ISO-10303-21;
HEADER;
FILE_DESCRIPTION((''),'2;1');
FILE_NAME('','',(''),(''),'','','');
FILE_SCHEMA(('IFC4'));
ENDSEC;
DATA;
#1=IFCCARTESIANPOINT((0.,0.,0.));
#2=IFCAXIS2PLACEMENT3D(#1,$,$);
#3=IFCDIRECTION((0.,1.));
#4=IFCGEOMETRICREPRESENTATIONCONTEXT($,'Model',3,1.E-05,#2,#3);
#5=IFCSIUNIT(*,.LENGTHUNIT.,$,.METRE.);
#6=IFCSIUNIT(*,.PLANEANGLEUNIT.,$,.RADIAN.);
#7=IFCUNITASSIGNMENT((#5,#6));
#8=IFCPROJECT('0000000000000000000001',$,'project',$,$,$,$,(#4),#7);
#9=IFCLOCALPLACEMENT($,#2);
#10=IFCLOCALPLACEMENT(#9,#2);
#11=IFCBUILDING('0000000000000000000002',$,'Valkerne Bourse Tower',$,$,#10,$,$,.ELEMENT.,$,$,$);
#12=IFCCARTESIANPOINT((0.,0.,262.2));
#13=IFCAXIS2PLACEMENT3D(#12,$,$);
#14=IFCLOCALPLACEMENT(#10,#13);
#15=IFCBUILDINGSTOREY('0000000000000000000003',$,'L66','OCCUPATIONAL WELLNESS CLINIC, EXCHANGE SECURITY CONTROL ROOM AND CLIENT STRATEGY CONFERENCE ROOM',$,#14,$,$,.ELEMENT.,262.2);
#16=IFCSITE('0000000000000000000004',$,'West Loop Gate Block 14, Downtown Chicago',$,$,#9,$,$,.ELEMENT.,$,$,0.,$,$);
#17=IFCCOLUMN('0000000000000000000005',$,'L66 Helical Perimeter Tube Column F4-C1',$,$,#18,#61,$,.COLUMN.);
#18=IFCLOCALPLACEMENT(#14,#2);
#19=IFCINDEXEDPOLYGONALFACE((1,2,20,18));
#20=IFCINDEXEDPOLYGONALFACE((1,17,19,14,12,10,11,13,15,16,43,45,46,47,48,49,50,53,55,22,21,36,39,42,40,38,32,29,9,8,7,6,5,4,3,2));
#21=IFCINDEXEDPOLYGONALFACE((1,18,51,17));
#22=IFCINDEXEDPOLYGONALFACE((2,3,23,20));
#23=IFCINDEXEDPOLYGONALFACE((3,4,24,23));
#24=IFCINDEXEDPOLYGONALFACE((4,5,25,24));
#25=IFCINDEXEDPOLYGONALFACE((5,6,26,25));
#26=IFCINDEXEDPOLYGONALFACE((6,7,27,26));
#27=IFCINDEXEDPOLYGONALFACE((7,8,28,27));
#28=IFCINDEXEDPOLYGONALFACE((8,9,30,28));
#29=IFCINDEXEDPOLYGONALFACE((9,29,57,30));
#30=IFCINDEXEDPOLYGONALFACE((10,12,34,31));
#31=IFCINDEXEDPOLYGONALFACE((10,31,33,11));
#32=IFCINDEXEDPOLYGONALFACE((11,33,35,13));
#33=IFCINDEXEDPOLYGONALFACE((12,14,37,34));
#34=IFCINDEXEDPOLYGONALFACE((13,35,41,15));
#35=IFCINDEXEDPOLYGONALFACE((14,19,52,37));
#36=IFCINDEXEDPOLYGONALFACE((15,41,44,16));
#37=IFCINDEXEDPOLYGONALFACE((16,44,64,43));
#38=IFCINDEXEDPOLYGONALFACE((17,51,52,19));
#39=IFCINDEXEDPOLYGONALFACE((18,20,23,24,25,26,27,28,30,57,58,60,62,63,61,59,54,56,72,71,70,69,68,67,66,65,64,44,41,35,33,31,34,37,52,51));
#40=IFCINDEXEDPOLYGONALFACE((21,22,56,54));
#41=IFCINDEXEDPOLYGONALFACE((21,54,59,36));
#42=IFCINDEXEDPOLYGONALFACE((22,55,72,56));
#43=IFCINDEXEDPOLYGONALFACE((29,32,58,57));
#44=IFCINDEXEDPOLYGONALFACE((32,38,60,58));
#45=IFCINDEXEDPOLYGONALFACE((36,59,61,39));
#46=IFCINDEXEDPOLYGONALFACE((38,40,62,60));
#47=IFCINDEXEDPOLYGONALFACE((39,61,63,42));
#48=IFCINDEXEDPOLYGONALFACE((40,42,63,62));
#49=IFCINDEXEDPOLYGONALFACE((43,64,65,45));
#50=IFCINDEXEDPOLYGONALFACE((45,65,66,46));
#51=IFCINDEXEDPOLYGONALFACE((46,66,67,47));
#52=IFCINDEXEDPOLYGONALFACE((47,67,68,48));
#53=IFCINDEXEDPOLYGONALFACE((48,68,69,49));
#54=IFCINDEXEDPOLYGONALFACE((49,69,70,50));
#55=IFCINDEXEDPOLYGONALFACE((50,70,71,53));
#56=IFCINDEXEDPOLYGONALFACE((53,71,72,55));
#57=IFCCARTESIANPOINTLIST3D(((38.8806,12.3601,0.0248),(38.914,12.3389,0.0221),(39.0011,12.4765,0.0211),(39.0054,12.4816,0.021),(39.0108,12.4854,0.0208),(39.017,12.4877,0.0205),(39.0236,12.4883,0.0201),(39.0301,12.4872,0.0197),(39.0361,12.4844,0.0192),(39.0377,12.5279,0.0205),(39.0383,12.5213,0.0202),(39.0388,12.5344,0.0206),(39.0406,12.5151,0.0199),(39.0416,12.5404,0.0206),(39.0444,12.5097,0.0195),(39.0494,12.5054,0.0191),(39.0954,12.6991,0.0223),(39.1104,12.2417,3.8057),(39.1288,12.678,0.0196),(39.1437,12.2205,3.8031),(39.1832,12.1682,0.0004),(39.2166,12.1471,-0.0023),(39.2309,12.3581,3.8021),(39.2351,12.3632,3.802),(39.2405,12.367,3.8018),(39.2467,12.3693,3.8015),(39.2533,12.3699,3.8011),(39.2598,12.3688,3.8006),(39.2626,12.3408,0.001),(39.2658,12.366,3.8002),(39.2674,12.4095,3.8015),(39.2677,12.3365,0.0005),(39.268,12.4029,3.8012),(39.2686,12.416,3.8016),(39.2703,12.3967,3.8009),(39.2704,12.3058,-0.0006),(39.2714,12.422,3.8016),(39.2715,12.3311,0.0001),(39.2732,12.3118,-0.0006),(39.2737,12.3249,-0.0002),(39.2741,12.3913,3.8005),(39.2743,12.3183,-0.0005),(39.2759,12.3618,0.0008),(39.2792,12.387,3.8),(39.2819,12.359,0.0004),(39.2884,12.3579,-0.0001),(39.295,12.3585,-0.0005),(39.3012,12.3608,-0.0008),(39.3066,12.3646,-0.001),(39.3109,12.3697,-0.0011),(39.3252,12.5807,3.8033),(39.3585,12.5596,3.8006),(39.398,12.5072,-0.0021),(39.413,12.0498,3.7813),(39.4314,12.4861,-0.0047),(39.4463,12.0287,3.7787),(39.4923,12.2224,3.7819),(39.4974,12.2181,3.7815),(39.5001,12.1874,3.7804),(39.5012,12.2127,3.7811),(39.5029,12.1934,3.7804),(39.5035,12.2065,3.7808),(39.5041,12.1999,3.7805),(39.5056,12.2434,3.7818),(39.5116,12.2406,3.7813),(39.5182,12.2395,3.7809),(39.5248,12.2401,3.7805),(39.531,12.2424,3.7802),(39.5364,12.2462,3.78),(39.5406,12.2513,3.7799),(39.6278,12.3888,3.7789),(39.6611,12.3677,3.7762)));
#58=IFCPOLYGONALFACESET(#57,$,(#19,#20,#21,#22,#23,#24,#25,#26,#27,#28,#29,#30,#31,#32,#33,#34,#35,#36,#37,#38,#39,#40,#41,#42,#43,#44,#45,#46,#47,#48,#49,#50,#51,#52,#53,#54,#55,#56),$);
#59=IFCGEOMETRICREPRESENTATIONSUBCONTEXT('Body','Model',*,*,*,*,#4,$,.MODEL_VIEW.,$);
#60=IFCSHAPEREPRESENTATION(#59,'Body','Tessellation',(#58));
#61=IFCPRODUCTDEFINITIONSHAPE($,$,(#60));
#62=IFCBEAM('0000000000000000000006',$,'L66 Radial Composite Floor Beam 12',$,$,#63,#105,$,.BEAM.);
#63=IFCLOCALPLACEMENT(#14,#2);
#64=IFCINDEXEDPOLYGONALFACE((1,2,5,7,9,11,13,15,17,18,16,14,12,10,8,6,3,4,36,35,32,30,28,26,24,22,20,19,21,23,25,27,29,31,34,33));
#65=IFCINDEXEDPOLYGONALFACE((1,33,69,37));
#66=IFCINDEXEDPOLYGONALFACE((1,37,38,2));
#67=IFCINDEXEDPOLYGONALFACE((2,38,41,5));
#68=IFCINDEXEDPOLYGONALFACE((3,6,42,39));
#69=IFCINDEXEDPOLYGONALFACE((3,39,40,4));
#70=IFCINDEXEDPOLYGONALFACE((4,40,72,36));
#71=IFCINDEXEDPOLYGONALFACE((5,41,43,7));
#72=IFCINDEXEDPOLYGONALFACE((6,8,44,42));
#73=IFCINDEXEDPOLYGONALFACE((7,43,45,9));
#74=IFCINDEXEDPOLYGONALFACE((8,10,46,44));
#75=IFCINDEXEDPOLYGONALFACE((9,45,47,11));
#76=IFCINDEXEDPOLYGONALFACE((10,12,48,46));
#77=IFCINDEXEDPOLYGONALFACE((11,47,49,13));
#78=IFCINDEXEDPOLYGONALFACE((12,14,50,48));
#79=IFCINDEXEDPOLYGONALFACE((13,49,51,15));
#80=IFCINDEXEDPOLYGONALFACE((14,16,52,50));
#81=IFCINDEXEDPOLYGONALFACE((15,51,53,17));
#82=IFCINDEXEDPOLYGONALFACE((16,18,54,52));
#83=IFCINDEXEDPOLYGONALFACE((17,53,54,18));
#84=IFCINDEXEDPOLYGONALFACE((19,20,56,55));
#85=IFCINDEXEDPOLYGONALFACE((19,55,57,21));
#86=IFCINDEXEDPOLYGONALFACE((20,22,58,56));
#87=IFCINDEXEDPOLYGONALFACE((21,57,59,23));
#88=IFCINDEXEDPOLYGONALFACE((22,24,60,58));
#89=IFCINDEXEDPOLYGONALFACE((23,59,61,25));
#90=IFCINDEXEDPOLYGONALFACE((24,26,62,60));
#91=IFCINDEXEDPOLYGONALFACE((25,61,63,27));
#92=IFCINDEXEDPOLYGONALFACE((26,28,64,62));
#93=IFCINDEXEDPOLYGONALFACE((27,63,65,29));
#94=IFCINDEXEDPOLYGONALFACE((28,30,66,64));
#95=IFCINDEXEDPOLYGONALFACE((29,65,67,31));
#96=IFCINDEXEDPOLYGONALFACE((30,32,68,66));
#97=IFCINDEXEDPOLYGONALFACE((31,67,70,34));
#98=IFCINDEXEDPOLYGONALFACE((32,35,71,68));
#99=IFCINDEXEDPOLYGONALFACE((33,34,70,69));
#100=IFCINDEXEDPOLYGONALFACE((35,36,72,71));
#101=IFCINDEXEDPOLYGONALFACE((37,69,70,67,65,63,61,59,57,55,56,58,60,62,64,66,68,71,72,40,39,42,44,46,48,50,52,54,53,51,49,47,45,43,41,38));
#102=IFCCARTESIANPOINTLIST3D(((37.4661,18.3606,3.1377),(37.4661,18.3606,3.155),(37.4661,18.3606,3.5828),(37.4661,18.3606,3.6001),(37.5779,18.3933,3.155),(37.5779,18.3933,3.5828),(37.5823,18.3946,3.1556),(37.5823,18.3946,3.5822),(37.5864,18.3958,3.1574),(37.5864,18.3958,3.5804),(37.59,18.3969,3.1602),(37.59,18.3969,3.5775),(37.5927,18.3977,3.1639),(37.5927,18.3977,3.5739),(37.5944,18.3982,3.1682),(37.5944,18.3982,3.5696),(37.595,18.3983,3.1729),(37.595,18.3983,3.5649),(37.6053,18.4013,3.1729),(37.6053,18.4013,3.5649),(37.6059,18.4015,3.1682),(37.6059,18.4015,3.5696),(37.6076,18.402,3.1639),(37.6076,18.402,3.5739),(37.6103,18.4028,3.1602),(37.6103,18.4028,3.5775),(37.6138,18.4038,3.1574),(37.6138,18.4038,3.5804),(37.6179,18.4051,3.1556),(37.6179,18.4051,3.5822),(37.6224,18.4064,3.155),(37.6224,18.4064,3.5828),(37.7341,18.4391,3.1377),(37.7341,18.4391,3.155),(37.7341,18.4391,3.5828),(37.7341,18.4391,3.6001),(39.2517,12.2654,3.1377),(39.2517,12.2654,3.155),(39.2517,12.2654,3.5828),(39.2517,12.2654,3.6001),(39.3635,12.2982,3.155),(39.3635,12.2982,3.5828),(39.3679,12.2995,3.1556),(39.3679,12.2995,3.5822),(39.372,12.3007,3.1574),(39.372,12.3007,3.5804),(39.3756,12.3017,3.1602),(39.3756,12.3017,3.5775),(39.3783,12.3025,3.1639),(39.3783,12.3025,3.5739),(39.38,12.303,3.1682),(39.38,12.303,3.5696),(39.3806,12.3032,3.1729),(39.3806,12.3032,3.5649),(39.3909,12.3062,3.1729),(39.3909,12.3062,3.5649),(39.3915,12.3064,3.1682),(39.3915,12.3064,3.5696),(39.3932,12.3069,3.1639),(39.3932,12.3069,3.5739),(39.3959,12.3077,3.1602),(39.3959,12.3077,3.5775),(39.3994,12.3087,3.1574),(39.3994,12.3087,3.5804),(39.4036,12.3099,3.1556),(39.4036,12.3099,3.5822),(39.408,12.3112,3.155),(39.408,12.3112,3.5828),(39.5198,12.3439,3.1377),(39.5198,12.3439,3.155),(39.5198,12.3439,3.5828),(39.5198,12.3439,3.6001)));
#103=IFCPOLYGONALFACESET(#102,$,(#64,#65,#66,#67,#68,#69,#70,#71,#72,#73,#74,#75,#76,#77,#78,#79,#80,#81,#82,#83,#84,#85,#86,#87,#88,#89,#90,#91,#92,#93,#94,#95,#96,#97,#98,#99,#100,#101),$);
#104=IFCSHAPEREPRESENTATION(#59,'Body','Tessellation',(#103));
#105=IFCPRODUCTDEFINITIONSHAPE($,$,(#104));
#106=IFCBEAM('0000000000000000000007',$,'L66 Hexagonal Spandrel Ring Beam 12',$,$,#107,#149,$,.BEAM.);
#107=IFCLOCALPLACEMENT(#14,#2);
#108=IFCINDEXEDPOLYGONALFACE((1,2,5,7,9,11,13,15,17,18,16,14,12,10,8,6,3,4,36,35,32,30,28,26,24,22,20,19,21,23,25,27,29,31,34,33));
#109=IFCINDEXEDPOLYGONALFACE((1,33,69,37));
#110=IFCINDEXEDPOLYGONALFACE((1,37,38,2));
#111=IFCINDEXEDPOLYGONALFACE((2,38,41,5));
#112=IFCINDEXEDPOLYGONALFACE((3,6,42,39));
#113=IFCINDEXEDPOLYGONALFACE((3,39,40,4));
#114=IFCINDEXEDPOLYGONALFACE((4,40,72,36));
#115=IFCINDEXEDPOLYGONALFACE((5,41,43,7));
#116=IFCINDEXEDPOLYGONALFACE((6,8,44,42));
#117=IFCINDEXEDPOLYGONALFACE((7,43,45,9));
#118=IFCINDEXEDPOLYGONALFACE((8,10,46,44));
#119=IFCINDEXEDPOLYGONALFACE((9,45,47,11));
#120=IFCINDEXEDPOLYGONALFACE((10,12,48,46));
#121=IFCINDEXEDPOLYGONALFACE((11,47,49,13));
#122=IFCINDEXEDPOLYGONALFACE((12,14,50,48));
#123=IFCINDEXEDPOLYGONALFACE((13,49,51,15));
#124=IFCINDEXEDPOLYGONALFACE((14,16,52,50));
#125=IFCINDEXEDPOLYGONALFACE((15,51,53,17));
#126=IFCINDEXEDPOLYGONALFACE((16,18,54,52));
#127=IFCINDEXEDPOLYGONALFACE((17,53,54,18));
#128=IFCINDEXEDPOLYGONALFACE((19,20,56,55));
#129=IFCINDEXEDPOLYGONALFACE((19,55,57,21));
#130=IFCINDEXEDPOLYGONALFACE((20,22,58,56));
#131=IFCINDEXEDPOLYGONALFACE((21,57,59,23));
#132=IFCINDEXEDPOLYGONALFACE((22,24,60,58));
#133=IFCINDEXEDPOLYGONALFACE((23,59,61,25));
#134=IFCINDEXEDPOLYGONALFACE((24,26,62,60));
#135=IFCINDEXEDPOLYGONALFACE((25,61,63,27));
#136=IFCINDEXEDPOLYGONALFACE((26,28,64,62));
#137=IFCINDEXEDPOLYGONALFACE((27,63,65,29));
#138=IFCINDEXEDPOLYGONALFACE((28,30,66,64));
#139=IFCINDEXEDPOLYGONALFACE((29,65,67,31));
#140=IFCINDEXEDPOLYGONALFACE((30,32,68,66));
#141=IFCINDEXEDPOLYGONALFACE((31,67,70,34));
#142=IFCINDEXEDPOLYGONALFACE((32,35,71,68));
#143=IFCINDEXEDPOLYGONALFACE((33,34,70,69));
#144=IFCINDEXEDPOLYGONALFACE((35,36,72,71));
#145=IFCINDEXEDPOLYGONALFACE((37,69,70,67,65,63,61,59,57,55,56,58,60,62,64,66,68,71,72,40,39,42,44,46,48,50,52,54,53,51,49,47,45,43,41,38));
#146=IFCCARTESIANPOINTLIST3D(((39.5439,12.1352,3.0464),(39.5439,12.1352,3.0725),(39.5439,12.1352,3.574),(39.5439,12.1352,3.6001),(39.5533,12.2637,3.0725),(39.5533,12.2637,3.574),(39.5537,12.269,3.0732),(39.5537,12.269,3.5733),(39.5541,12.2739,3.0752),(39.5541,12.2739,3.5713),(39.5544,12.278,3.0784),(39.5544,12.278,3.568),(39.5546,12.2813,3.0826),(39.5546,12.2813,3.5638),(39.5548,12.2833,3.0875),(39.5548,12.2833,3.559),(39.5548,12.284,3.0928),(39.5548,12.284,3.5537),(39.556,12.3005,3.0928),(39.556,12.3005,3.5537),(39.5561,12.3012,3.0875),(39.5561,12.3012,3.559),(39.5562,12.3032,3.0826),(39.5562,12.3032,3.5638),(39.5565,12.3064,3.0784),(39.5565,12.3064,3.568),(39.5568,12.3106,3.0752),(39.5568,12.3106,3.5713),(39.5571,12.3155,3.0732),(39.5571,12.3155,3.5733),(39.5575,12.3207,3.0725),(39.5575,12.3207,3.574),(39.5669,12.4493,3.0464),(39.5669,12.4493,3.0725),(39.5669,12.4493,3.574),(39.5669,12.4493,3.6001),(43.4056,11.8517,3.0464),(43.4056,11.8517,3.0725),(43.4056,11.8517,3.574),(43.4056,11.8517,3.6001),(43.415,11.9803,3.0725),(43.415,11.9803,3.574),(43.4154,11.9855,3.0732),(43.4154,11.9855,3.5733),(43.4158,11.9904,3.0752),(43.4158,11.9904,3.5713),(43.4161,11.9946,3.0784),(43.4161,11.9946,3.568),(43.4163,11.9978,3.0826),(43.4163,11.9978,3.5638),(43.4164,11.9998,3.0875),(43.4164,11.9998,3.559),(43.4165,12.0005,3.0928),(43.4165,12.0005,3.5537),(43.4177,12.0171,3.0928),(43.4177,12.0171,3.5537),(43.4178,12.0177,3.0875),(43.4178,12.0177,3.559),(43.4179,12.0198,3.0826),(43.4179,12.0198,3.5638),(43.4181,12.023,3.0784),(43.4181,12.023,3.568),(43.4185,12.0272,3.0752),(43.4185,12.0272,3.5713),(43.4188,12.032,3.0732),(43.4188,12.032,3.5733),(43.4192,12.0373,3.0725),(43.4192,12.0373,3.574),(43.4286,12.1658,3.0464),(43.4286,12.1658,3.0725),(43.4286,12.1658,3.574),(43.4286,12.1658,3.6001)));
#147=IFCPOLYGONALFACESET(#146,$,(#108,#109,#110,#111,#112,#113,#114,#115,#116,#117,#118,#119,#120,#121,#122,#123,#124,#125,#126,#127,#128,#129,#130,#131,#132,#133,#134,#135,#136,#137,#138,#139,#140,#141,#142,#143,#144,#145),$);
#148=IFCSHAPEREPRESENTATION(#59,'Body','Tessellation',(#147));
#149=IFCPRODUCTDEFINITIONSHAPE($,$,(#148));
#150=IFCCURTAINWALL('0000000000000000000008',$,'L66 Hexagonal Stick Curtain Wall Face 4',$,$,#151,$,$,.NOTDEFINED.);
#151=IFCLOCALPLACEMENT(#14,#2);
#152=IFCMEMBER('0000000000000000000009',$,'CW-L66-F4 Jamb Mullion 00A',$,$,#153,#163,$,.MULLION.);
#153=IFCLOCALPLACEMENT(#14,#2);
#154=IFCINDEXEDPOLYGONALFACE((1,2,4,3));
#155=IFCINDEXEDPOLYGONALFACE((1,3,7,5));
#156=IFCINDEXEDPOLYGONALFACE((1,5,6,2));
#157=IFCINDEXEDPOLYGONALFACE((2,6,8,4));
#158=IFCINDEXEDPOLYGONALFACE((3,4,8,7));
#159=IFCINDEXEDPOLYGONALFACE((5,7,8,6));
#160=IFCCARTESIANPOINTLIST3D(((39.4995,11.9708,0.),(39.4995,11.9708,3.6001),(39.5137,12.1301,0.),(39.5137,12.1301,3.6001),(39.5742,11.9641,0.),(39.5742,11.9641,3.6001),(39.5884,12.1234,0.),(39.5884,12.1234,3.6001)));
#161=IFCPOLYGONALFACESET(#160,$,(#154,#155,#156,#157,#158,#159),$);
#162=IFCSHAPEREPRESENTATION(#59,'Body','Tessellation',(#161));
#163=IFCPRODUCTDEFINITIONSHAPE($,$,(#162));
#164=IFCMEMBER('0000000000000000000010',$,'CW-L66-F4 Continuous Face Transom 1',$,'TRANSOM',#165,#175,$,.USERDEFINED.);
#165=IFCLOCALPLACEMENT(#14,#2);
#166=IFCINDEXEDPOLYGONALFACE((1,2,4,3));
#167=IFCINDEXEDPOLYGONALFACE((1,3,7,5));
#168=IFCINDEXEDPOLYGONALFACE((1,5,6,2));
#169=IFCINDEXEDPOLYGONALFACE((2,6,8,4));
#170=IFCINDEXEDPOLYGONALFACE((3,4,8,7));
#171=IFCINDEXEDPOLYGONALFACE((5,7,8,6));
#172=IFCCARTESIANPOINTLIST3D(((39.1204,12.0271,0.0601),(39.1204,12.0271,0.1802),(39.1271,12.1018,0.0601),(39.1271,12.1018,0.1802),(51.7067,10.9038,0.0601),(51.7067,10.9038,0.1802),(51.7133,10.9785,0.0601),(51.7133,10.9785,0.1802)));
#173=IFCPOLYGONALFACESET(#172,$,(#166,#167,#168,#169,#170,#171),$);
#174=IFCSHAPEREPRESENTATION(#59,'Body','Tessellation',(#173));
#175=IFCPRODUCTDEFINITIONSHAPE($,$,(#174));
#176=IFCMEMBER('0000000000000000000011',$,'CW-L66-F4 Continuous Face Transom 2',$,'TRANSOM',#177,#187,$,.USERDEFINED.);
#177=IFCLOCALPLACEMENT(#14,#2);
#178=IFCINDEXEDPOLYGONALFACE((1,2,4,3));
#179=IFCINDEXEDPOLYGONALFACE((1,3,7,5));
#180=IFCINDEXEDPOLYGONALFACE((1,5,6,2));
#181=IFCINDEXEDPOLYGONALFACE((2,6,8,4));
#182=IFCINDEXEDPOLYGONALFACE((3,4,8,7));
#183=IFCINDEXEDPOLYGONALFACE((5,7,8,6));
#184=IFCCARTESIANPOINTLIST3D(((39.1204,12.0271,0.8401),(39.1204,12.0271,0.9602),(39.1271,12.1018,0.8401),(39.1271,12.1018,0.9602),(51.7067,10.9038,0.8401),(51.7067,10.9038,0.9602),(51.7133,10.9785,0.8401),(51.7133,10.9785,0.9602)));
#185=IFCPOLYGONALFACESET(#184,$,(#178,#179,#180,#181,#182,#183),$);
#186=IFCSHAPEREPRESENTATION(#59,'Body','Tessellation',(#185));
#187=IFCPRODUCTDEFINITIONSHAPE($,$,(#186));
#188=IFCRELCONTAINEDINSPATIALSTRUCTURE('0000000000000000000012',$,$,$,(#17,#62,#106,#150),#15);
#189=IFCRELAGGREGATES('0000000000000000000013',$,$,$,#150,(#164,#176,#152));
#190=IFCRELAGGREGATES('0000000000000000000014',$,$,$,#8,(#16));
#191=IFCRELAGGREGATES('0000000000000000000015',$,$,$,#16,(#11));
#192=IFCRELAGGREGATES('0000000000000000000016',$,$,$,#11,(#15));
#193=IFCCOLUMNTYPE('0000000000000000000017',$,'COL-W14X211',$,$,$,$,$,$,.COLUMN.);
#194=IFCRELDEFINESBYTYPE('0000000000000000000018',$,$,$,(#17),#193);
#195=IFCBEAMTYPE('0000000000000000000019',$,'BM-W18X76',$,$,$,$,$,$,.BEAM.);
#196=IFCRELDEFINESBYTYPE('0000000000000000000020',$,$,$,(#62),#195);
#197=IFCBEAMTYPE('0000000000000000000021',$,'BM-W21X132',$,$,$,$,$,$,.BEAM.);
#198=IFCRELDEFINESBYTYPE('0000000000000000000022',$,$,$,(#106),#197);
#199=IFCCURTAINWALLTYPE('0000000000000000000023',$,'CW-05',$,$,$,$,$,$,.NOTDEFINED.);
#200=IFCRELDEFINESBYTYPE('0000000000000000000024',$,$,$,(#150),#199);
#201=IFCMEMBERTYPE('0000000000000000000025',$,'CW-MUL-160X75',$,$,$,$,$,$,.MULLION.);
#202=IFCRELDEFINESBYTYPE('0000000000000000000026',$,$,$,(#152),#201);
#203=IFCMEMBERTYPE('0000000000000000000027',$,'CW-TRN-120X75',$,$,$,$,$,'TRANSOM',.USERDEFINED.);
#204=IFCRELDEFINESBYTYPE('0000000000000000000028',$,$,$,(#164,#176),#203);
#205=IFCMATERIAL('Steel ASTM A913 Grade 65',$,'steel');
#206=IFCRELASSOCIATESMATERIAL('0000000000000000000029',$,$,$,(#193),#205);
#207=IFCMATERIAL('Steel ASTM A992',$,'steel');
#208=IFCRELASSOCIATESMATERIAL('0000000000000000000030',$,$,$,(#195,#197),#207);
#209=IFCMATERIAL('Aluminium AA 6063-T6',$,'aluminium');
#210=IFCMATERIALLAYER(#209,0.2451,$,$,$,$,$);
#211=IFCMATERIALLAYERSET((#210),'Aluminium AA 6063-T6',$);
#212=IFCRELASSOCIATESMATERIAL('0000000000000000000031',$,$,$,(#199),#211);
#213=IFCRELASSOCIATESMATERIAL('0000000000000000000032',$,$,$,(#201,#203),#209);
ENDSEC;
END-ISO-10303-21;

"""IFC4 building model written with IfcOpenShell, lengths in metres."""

from ifc_helpers import new_model, si_unit, direction, frame, origin, origin_2d, place, context, subcontext, project, spatial, rectangle, i_section, extrude, material, layer, layer_set, material_profile, profile_set, type_object, element, aggregate, save


model = new_model("IFC4")

# Units and contexts
model_context = context("Model", 3, precision=1e-05, world=origin(), true_north=direction((0.0, 1.0)))
body_context = subcontext(model_context, "Body", "Model", "MODEL_VIEW")
ifc_project = project(units=[si_unit("LENGTHUNIT", "METRE"), si_unit("PLANEANGLEUNIT", "RADIAN")], contexts=[model_context])

# Site, building, storey
site_placement = place(None, origin())
site = spatial("IfcSite", under=ifc_project, at=site_placement, Name="West Loop Gate Block 14, Downtown Chicago", CompositionType="ELEMENT", RefElevation=0.0)
building_placement = place(site_placement, origin())
building = spatial("IfcBuilding", under=site, at=building_placement, Name="Valkerne Bourse Tower", CompositionType="ELEMENT")
storey_placement = place(building_placement, frame((0.0, 0.0, 262.2)))
storey = spatial("IfcBuildingStorey", under=building, at=storey_placement, Name="L66", Description="OCCUPATIONAL WELLNESS CLINIC, EXCHANGE SECURITY CONTROL ROOM AND CLIENT STRATEGY CONFERENCE ROOM", CompositionType="ELEMENT", Elevation=262.2)

# Column
ifc_material_1 = material(Name="Steel ASTM A913 Grade 65", Category="steel")
ifc_material_profile_1 = material_profile(ifc_material_1, i_section(OverallWidth=0.4014, OverallDepth=0.3987, WebThickness=0.0249, FlangeThickness=0.0396, FilletRadius=0.0254, at=origin_2d()), Name="W14X211")
ifc_profile_set_1 = profile_set([ifc_material_profile_1], Name="Steel ASTM A913 Grade 65")
column_type = type_object("IfcColumnType", Name="COL-W14X211", PredefinedType="COLUMN", material=ifc_profile_set_1)
column_placement = place(storey_placement, frame((39.156, 12.4231, 0.01), z_axis=(0.060619, -0.031244, 0.997672), x_axis=(0.535156, 0.844731, -0.006062)))
element("IfcColumn", 1, at=column_placement, inside=storey, type_object=column_type, Name="L66 Helical Perimeter Tube Column F4-C1", PredefinedType="COLUMN", context=body_context, shape_type="SweptSolid", body=[
    extrude(i_section(OverallWidth=0.4014, OverallDepth=0.3987, WebThickness=0.0249, FlangeThickness=0.0396, FilletRadius=0.0254, at=origin_2d()), origin(), (0.0, 0.0, 1.0), 3.7898),
])

# Beams
ifc_material_2 = material(Name="Steel ASTM A992", Category="steel")
ifc_material_profile_2 = material_profile(ifc_material_2, i_section(OverallWidth=0.2793, OverallDepth=0.4624, WebThickness=0.0107, FlangeThickness=0.0173, FilletRadius=0.0178, at=origin_2d()), Name="W18X76")
ifc_profile_set_2 = profile_set([ifc_material_profile_2], Name="Steel ASTM A992")
beam_type_1 = type_object("IfcBeamType", Name="BM-W18X76", PredefinedType="BEAM", material=ifc_profile_set_2)
beam_1_placement = place(storey_placement, frame((39.3857, 12.3047, 3.3689), z_axis=(-0.281142, 0.959666, 0.0), x_axis=(-0.959666, -0.281142, 0.0)))
element("IfcBeam", 2, at=beam_1_placement, inside=storey, type_object=beam_type_1, Name="L66 Radial Composite Floor Beam 12", PredefinedType="BEAM", context=body_context, shape_type="SweptSolid", body=[
    extrude(i_section(OverallWidth=0.2793, OverallDepth=0.4624, WebThickness=0.0107, FlangeThickness=0.0173, FilletRadius=0.0178, at=origin_2d()), origin(), (0.0, 0.0, 1.0), 6.3513),
])
ifc_material_profile_3 = material_profile(ifc_material_2, i_section(OverallWidth=0.3149, OverallDepth=0.5537, WebThickness=0.0166, FlangeThickness=0.0261, FilletRadius=0.0203, at=origin_2d()), Name="W21X132")
ifc_profile_set_3 = profile_set([ifc_material_profile_3], Name="Steel ASTM A992")
beam_type_2 = type_object("IfcBeamType", Name="BM-W21X132", PredefinedType="BEAM", material=ifc_profile_set_3)
beam_2_placement = place(storey_placement, frame((39.5554, 12.2922, 3.3232), z_axis=(0.997317, -0.073205, 0.0), x_axis=(0.073205, 0.997317, 0.0)))
element("IfcBeam", 3, at=beam_2_placement, inside=storey, type_object=beam_type_2, Name="L66 Hexagonal Spandrel Ring Beam 12", PredefinedType="BEAM", context=body_context, shape_type="SweptSolid", body=[
    extrude(i_section(OverallWidth=0.3149, OverallDepth=0.5537, WebThickness=0.0166, FlangeThickness=0.0261, FilletRadius=0.0203, at=origin_2d()), origin(), (0.0, 0.0, 1.0), 3.8721),
])

# Curtain wall, members
ifc_material_3 = material(Name="Aluminium AA 6063-T6", Category="aluminium")
ifc_layer_1 = layer(ifc_material_3, 0.2451)
ifc_layer_set_1 = layer_set([ifc_layer_1], Name="Aluminium AA 6063-T6")
curtain_wall_type = type_object("IfcCurtainWallType", Name="CW-05", PredefinedType="NOTDEFINED", material=ifc_layer_set_1)
curtain_wall_placement = place(storey_placement, origin())
curtain_wall = element("IfcCurtainWall", 4, at=curtain_wall_placement, inside=storey, type_object=curtain_wall_type, Name="L66 Hexagonal Stick Curtain Wall Face 4", PredefinedType="NOTDEFINED")
ifc_material_profile_4 = material_profile(ifc_material_3, rectangle(XDim=0.075, YDim=0.1599, at=origin_2d()), Name="CWM-75X160")
ifc_profile_set_4 = profile_set([ifc_material_profile_4], Name="Aluminium AA 6063-T6")
member_type_1 = type_object("IfcMemberType", Name="CW-MUL-160X75", PredefinedType="MULLION", material=ifc_profile_set_4)
member_1_placement = place(storey_placement, frame((39.5439, 12.0471, 0.0), z_axis=(0.0, 0.0, 1.0), x_axis=(0.99604, -0.088911, 0.0)))
member_1 = element("IfcMember", 5, at=member_1_placement, type_object=member_type_1, Name="CW-L66-F4 Jamb Mullion 00A", PredefinedType="MULLION", context=body_context, shape_type="SweptSolid", body=[
    extrude(rectangle(XDim=0.075, YDim=0.1599, at=origin_2d()), origin(), (0.0, 0.0, 1.0), 3.6001),
])
ifc_material_profile_5 = material_profile(ifc_material_3, rectangle(XDim=0.075, YDim=0.1201, at=origin_2d()), Name="CWT-75X120")
ifc_profile_set_5 = profile_set([ifc_material_profile_5], Name="Aluminium AA 6063-T6")
member_type_2 = type_object("IfcMemberType", Name="CW-TRN-120X75", ElementType="TRANSOM", PredefinedType="USERDEFINED", material=ifc_profile_set_5)
member_2_placement = place(storey_placement, frame((39.1238, 12.0645, 0.1201), z_axis=(0.996041, -0.088895, 0.0), x_axis=(0.088895, 0.996041, 0.0)))
member_2 = element("IfcMember", 6, at=member_2_placement, type_object=member_type_2, Name="CW-L66-F4 Continuous Face Transom 1", ObjectType="TRANSOM", PredefinedType="USERDEFINED", context=body_context, shape_type="SweptSolid", body=[
    extrude(rectangle(XDim=0.075, YDim=0.1201, at=origin_2d()), origin(), (0.0, 0.0, 1.0), 12.6362),
])
member_3_placement = place(storey_placement, frame((39.1238, 12.0645, 0.9001), z_axis=(0.996041, -0.088895, 0.0), x_axis=(0.088895, 0.996041, 0.0)))
member_3 = element("IfcMember", 7, at=member_3_placement, type_object=member_type_2, Name="CW-L66-F4 Continuous Face Transom 2", ObjectType="TRANSOM", PredefinedType="USERDEFINED", context=body_context, shape_type="SweptSolid", body=[
    extrude(rectangle(XDim=0.075, YDim=0.1201, at=origin_2d()), origin(), (0.0, 0.0, 1.0), 12.6362),
])
aggregate(curtain_wall, [member_2, member_3, member_1])

save(model, "model.ifc")
